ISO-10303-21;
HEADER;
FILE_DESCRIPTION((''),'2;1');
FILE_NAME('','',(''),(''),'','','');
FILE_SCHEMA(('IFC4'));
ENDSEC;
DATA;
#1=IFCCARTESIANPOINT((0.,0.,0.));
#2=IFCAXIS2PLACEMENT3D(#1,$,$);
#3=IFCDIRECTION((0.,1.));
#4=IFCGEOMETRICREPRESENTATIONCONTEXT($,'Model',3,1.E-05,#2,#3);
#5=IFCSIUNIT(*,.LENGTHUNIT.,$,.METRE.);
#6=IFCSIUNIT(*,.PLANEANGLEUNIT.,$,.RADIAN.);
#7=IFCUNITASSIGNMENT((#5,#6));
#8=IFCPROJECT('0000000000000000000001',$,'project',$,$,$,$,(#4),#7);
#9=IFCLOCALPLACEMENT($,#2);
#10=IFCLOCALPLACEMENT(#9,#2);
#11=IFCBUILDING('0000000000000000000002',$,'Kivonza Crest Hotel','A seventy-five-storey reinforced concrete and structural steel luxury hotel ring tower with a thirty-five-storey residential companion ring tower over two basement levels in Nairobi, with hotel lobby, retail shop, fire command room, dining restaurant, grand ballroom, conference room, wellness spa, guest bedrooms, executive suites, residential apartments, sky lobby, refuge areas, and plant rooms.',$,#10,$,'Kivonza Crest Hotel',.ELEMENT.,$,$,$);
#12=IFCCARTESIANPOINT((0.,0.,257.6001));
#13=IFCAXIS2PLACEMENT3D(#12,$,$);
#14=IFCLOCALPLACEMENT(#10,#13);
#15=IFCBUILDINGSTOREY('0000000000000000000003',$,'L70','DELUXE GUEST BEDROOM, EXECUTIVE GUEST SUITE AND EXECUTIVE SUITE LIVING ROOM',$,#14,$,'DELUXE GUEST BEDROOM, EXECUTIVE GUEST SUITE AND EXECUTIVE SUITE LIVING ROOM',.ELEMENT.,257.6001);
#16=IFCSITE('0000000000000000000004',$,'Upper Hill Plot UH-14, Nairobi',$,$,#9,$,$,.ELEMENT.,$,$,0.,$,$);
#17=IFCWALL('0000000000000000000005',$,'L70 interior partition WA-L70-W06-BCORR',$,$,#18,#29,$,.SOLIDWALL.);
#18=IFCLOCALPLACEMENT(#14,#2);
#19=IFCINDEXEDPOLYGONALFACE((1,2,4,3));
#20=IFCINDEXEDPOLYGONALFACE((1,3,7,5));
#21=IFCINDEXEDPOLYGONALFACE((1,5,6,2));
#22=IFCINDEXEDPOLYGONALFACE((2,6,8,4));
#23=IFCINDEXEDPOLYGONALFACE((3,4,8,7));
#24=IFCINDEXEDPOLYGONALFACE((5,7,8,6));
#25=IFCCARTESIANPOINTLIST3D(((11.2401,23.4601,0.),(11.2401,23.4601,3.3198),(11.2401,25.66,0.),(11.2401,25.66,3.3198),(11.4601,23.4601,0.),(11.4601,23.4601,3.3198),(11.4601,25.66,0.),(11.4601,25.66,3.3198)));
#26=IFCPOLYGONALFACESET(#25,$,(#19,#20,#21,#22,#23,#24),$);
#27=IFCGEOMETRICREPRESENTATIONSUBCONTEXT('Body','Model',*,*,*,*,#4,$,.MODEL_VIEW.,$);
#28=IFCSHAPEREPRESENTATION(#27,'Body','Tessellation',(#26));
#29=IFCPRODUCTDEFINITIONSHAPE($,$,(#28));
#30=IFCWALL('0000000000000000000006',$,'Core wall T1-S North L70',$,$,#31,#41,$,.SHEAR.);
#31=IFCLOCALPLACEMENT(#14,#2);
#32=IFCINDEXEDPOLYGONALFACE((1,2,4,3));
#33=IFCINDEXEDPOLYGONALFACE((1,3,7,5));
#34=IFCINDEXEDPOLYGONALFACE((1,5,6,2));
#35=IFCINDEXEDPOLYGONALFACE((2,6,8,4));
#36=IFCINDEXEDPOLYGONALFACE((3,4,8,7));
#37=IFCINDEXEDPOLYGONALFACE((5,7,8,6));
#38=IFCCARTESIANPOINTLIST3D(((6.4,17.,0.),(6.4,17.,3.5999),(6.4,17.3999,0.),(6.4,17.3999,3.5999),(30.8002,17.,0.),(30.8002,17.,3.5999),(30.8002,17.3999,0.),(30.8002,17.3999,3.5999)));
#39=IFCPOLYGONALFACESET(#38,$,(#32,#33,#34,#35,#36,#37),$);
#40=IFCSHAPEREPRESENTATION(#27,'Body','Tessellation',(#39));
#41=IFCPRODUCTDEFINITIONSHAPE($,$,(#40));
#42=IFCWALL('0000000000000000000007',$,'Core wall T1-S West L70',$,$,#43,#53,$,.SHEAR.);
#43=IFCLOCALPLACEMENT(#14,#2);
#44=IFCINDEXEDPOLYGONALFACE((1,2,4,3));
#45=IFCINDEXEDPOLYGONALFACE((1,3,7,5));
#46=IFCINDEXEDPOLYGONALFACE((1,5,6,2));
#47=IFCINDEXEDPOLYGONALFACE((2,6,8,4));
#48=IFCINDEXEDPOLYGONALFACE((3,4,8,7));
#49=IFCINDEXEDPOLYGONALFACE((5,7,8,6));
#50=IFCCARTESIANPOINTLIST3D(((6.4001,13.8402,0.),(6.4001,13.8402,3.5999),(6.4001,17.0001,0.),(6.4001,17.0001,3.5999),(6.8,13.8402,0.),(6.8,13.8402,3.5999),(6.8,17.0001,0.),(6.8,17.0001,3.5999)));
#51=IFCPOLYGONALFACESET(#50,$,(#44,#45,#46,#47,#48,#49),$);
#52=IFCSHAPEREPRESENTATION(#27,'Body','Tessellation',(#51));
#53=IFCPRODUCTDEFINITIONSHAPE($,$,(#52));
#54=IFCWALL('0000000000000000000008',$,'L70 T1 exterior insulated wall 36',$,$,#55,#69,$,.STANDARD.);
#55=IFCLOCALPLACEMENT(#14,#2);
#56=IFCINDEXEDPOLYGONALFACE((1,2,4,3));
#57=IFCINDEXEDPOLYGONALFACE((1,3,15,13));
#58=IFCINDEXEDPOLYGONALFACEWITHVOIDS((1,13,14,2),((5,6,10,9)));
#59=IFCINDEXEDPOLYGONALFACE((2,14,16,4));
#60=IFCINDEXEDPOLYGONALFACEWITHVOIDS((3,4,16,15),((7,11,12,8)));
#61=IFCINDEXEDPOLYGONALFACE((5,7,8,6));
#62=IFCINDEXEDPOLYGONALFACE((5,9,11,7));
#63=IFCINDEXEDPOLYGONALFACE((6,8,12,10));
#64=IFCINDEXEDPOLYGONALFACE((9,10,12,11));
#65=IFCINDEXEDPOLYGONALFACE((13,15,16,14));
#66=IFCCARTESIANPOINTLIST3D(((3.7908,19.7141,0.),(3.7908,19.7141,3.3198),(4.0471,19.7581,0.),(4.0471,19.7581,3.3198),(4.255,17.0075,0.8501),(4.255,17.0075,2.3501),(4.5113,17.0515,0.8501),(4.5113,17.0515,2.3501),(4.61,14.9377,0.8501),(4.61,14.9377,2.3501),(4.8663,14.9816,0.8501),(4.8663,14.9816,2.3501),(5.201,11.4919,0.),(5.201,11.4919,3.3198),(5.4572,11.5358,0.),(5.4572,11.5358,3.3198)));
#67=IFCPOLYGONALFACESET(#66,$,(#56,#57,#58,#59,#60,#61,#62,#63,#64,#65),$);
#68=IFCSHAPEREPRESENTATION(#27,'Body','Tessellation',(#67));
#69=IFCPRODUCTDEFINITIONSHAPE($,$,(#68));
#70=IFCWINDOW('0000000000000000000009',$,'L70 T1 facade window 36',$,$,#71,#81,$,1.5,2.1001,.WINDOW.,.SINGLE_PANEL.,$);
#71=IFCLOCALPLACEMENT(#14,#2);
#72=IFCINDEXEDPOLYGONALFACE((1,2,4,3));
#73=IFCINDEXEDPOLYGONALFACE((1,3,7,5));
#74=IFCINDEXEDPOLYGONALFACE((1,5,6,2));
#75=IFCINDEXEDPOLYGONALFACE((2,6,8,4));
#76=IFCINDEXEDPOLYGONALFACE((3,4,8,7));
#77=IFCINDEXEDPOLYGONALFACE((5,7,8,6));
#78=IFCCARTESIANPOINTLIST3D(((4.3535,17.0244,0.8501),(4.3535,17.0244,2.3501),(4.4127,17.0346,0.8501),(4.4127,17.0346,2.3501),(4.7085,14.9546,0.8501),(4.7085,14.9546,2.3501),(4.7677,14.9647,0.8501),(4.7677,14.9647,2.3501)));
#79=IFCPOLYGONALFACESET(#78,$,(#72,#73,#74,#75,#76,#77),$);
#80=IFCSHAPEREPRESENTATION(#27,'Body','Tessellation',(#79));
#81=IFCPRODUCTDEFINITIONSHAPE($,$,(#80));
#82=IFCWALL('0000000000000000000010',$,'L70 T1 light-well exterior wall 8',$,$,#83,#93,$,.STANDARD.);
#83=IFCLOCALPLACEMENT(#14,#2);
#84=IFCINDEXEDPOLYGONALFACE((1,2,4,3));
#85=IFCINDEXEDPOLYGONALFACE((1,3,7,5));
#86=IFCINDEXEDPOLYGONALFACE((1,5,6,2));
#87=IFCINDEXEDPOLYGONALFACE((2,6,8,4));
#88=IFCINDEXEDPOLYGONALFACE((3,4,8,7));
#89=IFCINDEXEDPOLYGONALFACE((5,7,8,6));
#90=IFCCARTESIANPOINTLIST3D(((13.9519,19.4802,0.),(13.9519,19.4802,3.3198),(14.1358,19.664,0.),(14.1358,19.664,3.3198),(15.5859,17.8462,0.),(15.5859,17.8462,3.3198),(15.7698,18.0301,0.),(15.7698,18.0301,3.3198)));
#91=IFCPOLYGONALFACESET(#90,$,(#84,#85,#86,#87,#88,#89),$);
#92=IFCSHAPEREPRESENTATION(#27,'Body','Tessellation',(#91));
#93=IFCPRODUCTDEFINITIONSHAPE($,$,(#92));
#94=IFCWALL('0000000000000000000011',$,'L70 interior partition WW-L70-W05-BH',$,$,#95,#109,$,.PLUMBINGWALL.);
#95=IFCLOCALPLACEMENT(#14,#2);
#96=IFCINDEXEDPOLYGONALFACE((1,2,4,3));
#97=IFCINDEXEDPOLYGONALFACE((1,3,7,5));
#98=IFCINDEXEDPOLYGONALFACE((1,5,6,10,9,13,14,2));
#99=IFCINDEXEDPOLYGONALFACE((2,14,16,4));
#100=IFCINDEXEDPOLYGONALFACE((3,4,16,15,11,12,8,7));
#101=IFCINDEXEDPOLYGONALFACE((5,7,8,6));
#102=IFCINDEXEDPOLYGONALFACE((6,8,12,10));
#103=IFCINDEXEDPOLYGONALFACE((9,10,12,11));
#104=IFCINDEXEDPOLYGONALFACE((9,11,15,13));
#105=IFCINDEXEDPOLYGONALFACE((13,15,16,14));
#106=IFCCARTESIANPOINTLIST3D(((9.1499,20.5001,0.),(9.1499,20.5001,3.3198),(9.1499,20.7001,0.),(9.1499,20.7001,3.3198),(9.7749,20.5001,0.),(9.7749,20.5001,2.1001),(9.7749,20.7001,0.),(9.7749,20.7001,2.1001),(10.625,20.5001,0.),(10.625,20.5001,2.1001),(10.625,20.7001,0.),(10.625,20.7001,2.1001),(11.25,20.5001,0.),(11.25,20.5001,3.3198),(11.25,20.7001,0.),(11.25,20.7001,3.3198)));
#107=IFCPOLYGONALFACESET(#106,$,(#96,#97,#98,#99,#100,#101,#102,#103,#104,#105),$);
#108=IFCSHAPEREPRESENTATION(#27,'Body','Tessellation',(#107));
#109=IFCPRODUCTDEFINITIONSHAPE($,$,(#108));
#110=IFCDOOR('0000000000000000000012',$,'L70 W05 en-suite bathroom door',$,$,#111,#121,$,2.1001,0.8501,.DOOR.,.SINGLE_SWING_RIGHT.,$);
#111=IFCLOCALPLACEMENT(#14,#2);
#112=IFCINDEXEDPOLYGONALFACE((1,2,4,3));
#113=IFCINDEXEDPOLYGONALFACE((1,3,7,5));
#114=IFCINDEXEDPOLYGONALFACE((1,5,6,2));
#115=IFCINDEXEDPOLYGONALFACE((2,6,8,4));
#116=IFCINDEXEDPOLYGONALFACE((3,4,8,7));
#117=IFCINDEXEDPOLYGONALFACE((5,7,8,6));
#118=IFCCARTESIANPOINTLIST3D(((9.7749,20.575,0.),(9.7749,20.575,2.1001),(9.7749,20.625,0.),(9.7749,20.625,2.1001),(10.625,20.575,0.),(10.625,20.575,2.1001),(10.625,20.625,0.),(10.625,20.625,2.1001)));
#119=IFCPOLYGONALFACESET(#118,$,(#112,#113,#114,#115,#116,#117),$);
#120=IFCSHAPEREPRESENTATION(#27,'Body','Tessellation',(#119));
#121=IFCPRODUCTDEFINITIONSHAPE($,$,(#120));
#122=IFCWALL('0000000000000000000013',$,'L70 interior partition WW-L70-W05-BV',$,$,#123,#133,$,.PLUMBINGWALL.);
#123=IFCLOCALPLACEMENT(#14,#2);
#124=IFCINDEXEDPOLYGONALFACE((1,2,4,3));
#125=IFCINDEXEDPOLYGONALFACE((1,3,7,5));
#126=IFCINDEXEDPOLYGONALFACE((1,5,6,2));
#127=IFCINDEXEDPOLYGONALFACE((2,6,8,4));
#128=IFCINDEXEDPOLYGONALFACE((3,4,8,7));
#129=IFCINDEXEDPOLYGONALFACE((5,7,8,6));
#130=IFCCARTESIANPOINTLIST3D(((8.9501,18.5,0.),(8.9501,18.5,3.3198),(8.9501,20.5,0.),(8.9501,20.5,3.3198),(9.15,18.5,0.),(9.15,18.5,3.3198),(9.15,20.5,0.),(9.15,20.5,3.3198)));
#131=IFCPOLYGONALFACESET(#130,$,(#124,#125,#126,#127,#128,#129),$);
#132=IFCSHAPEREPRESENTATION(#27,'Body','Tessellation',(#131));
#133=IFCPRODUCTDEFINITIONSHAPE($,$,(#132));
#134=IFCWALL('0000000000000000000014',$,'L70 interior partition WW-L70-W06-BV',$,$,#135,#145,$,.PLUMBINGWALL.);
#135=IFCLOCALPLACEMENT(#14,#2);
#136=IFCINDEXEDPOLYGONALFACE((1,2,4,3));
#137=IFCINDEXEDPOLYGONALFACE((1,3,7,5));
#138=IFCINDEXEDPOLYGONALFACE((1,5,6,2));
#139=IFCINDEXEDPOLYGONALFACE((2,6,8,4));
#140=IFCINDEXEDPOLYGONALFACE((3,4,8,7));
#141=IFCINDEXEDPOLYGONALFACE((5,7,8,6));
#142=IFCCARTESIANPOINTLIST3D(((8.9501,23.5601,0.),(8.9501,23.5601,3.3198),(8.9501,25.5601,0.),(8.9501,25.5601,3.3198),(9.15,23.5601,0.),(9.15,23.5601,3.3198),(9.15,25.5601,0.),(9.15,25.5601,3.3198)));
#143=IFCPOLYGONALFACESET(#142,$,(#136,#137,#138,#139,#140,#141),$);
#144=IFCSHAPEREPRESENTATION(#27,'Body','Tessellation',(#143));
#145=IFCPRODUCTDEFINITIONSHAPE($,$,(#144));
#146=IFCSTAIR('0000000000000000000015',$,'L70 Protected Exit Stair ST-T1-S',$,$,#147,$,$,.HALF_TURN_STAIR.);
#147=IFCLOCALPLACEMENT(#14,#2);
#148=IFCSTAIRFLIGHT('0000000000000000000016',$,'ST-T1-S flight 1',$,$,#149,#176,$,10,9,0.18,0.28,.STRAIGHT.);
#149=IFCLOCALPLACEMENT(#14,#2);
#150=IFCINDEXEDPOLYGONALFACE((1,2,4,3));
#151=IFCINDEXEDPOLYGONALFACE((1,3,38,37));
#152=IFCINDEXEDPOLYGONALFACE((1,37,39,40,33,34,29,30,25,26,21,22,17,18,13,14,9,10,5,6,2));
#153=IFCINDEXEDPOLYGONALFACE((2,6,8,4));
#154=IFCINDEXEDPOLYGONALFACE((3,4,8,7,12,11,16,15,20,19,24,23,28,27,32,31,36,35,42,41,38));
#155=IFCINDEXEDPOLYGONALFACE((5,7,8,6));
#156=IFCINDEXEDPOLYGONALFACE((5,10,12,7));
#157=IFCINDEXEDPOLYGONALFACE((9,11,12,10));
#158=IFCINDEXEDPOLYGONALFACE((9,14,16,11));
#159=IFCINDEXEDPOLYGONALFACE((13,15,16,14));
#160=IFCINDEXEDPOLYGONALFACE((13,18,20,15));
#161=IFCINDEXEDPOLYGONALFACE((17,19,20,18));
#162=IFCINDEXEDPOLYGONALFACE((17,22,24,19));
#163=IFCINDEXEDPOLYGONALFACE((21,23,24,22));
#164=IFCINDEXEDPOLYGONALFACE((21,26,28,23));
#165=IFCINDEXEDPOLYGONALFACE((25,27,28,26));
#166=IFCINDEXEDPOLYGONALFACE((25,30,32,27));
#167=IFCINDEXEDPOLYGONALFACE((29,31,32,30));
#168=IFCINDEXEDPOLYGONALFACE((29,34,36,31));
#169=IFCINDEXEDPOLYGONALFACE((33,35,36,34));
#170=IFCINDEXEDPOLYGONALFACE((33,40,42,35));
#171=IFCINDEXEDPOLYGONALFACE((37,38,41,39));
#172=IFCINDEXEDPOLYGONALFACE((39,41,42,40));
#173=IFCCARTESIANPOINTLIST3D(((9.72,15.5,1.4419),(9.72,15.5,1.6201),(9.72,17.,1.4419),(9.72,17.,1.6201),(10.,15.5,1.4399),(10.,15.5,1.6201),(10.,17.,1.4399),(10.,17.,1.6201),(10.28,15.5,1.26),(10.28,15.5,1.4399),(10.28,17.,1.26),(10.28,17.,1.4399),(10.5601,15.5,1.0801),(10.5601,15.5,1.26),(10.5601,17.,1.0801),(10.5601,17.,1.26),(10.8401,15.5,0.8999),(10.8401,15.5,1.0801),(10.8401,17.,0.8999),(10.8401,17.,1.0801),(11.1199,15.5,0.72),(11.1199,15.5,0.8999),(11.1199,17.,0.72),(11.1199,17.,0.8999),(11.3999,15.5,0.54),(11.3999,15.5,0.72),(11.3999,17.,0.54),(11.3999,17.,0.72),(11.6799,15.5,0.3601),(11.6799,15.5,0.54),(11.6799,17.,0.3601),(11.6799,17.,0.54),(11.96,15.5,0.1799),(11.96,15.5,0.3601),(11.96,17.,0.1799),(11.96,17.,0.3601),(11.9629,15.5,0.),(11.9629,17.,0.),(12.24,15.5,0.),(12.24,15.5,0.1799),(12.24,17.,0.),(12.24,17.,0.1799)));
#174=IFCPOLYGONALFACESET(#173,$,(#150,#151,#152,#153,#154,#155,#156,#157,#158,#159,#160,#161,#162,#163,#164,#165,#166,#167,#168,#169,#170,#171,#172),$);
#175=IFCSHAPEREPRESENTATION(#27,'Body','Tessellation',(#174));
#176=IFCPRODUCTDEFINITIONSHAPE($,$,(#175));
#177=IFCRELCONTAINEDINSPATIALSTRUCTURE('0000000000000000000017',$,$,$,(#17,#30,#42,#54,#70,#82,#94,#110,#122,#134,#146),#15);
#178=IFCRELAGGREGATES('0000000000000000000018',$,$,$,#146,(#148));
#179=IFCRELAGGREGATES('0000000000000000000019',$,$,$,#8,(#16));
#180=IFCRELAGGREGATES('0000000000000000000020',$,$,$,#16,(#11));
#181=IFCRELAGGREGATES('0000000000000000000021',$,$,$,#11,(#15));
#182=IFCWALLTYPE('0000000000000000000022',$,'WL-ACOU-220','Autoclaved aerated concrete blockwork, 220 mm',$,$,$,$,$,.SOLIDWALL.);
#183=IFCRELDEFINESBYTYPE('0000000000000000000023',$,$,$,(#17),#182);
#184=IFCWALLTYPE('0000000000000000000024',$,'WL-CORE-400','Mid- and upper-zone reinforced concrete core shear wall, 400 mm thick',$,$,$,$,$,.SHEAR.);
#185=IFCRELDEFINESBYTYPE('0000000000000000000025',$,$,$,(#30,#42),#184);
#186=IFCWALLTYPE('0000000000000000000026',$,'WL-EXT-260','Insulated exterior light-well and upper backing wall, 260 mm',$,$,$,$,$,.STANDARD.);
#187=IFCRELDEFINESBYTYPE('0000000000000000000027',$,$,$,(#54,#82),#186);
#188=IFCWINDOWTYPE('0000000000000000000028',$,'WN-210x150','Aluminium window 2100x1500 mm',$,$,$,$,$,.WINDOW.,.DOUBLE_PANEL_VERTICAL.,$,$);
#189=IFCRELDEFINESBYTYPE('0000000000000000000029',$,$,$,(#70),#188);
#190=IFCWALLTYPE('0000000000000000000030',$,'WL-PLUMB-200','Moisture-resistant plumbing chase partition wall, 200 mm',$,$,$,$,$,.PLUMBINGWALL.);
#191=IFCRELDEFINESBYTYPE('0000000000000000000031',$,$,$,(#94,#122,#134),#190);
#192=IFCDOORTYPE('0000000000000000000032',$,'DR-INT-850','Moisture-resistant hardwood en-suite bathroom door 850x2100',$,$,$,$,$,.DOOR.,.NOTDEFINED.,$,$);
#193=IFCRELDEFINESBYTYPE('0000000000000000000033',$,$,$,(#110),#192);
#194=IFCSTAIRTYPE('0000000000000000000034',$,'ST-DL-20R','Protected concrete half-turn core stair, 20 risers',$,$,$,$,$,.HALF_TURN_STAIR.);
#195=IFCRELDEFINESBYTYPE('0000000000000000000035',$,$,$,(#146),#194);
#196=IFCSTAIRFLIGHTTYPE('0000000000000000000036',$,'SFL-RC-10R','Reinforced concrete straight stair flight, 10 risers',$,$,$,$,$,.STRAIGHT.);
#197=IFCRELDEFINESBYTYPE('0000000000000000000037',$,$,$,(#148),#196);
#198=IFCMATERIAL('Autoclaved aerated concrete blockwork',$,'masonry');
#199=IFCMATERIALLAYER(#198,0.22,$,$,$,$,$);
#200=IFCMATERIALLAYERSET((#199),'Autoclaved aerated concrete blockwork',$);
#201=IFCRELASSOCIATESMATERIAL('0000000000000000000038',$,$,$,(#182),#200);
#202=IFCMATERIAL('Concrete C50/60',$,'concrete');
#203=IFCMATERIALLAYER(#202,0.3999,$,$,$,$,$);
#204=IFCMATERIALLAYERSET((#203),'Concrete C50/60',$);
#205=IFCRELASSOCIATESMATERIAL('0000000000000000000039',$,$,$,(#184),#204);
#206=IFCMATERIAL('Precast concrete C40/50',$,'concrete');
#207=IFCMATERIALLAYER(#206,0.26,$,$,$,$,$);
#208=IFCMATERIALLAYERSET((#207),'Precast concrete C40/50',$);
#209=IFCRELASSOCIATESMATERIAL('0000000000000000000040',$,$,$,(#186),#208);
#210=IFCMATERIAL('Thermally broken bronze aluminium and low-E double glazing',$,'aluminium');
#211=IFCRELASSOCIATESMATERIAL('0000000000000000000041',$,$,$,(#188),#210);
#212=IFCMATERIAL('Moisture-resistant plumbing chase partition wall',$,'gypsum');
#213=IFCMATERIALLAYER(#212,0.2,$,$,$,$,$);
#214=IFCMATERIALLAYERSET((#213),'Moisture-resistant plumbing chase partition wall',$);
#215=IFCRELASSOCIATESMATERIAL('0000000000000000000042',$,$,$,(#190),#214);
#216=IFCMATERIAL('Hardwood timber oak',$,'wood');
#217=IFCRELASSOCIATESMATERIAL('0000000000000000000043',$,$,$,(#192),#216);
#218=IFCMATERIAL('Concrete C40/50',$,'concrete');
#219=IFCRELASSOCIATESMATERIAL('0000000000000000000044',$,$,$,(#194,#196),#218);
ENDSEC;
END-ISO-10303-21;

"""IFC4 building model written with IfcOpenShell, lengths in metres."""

from ifc_helpers import new_model, si_unit, direction, frame, frame_2d, origin, place, context, subcontext, project, spatial, polyline, rectangle, outline, extrude, material, layer, layer_set, type_object, element, fill, aggregate, save


model = new_model("IFC4")

# Units and contexts
model_context = context("Model", 3, precision=1e-05, world=origin(), true_north=direction((0.0, 1.0)))
body_context = subcontext(model_context, "Body", "Model", "MODEL_VIEW")
ifc_project = project(units=[si_unit("LENGTHUNIT", "METRE"), si_unit("PLANEANGLEUNIT", "RADIAN")], contexts=[model_context])

# Site, building, storey
site_placement = place(None, origin())
site = spatial("IfcSite", under=ifc_project, at=site_placement, Name="Upper Hill Plot UH-14, Nairobi", CompositionType="ELEMENT", RefElevation=0.0)
building_placement = place(site_placement, origin())
building = spatial("IfcBuilding", under=site, at=building_placement, Name="Kivonza Crest Hotel", Description="A seventy-five-storey reinforced concrete and structural steel luxury hotel ring tower with a thirty-five-storey residential companion ring tower over two basement levels in Nairobi, with hotel lobby, retail shop, fire command room, dining restaurant, grand ballroom, conference room, wellness spa, guest bedrooms, executive suites, residential apartments, sky lobby, refuge areas, and plant rooms.", LongName="Kivonza Crest Hotel", CompositionType="ELEMENT")
storey_placement = place(building_placement, frame((0.0, 0.0, 257.6001)))
storey = spatial("IfcBuildingStorey", under=building, at=storey_placement, Name="L70", Description="DELUXE GUEST BEDROOM, EXECUTIVE GUEST SUITE AND EXECUTIVE SUITE LIVING ROOM", LongName="DELUXE GUEST BEDROOM, EXECUTIVE GUEST SUITE AND EXECUTIVE SUITE LIVING ROOM", CompositionType="ELEMENT", Elevation=257.6001)

# Shared definitions
ifc_material_1 = material(Name="Concrete C50/60", Category="concrete")

# Shared definitions
ifc_material_2 = material(Name="Autoclaved aerated concrete blockwork", Category="masonry")
ifc_layer_1 = layer(ifc_material_2, 0.22)
ifc_layer_set_1 = layer_set([ifc_layer_1], Name="Autoclaved aerated concrete blockwork")
wall_type_1 = type_object("IfcWallType", Name="WL-ACOU-220", Description="Autoclaved aerated concrete blockwork, 220 mm", PredefinedType="SOLIDWALL", material=ifc_layer_set_1)

# Shared definitions
ifc_material_3 = material(Name="Hardwood timber oak", Category="wood")

# Walls
wall_1_placement = place(storey_placement, frame((11.3501, 23.46, 0.0), z_axis=(0.0, 0.0, 1.0), x_axis=(0.0, 1.0, 0.0)))
element("IfcWall", 1, at=wall_1_placement, inside=storey, type_object=wall_type_1, Name="L70 interior partition WA-L70-W06-BCORR", PredefinedType="SOLIDWALL", context=body_context, shape_type="SweptSolid", body=[
    extrude(rectangle(XDim=2.2, YDim=0.22, at=frame_2d((1.1001, 0.0))), origin(), (0.0, 0.0, 1.0), 3.3198),
])
ifc_layer_2 = layer(ifc_material_1, 0.3999)
ifc_layer_set_2 = layer_set([ifc_layer_2], Name="Concrete C50/60")
wall_type_2 = type_object("IfcWallType", Name="WL-CORE-400", Description="Mid- and upper-zone reinforced concrete core shear wall, 400 mm thick", PredefinedType="SHEAR", material=ifc_layer_set_2)
wall_2_placement = place(storey_placement, frame((6.3999, 17.2, 0.0), z_axis=(0.0, 0.0, 1.0), x_axis=(1.0, 0.0, 0.0)))
element("IfcWall", 2, at=wall_2_placement, inside=storey, type_object=wall_type_2, Name="Core wall T1-S North L70", PredefinedType="SHEAR", context=body_context, shape_type="SweptSolid", body=[
    extrude(rectangle(XDim=24.4001, YDim=0.3999, at=frame_2d((12.2002, 0.0))), origin(), (0.0, 0.0, 1.0), 3.5999),
])
wall_3_placement = place(storey_placement, frame((6.6001, 13.8401, 0.0), z_axis=(0.0, 0.0, 1.0), x_axis=(0.0, 1.0, 0.0)))
element("IfcWall", 3, at=wall_3_placement, inside=storey, type_object=wall_type_2, Name="Core wall T1-S West L70", PredefinedType="SHEAR", context=body_context, shape_type="SweptSolid", body=[
    extrude(rectangle(XDim=3.1599, YDim=0.3999, at=frame_2d((1.5801, 0.0))), origin(), (0.0, 0.0, 1.0), 3.5999),
])

# Wall, opening, window
ifc_material_4 = material(Name="Precast concrete C40/50", Category="concrete")
ifc_layer_3 = layer(ifc_material_4, 0.26)
ifc_layer_set_3 = layer_set([ifc_layer_3], Name="Precast concrete C40/50")
wall_type_3 = type_object("IfcWallType", Name="WL-EXT-260", Description="Insulated exterior light-well and upper backing wall, 260 mm", PredefinedType="STANDARD", material=ifc_layer_set_3)
wall_4_placement = place(storey_placement, frame((3.9189, 19.7361, 0.0), z_axis=(0.0, 0.0, 1.0), x_axis=(0.169039, -0.985609, 0.0)))
wall_4 = element("IfcWall", 4, at=wall_4_placement, inside=storey, type_object=wall_type_3, Name="L70 T1 exterior insulated wall 36", PredefinedType="STANDARD", context=body_context, shape_type="SweptSolid", body=[
    extrude(rectangle(XDim=8.3423, YDim=0.26, at=frame_2d((4.1711, 0.0))), origin(), (0.0, 0.0, 1.0), 3.3198),
])
opening_1_placement = place(wall_4_placement, frame((2.7461, 0.0, 0.8501)))
opening_1 = element("IfcOpeningElement", 5, at=opening_1_placement, cuts=wall_4, PredefinedType="OPENING", context=body_context, shape_type="SweptSolid", body=[
    extrude(rectangle(XDim=2.1001, YDim=1.5, at=frame_2d((1.05, 0.75))), frame((0.0, 0.1401, 0.0), z_axis=(0.0, -1.0, 0.0), x_axis=(1.0, 0.0, 0.0)), (0.0, 0.0, 1.0), 0.28),
])
ifc_material_5 = material(Name="Thermally broken bronze aluminium and low-E double glazing", Category="aluminium")
window_type = type_object("IfcWindowType", Name="WN-210x150", Description="Aluminium window 2100x1500 mm", PartitioningType="DOUBLE_PANEL_VERTICAL", PredefinedType="WINDOW", material=ifc_material_5)
window_placement = place(opening_1_placement, origin())
window = element("IfcWindow", 6, at=window_placement, inside=storey, type_object=window_type, Name="L70 T1 facade window 36", OverallHeight=1.5, OverallWidth=2.1001, PartitioningType="SINGLE_PANEL", PredefinedType="WINDOW", context=body_context, shape_type="SweptSolid", body=[
    extrude(rectangle(XDim=2.1001, YDim=1.5, at=frame_2d((1.05, 0.75))), frame((0.0, 0.03, 0.0), z_axis=(0.0, -1.0, 0.0), x_axis=(1.0, 0.0, 0.0)), (0.0, 0.0, 1.0), 0.0601),
])
fill(opening_1, window)

# Wall
wall_5_placement = place(storey_placement, frame((14.0439, 19.572, 0.0), z_axis=(0.0, 0.0, 1.0), x_axis=(0.707107, -0.707107, 0.0)))
element("IfcWall", 7, at=wall_5_placement, inside=storey, type_object=wall_type_3, Name="L70 T1 light-well exterior wall 8", PredefinedType="STANDARD", context=body_context, shape_type="SweptSolid", body=[
    extrude(rectangle(XDim=2.3108, YDim=0.26, at=frame_2d((1.1553, 0.0))), origin(), (0.0, 0.0, 1.0), 3.3198),
])

# Wall, opening, door
ifc_material_6 = material(Name="Moisture-resistant plumbing chase partition wall", Category="gypsum")
ifc_layer_4 = layer(ifc_material_6, 0.2)
ifc_layer_set_4 = layer_set([ifc_layer_4], Name="Moisture-resistant plumbing chase partition wall")
wall_type_4 = type_object("IfcWallType", Name="WL-PLUMB-200", Description="Moisture-resistant plumbing chase partition wall, 200 mm", PredefinedType="PLUMBINGWALL", material=ifc_layer_set_4)
wall_6_placement = place(storey_placement, frame((9.1499, 20.6001, 0.0), z_axis=(0.0, 0.0, 1.0), x_axis=(1.0, 0.0, 0.0)))
wall_6 = element("IfcWall", 8, at=wall_6_placement, inside=storey, type_object=wall_type_4, Name="L70 interior partition WW-L70-W05-BH", PredefinedType="PLUMBINGWALL", context=body_context, shape_type="SweptSolid", body=[
    extrude(rectangle(XDim=2.1001, YDim=0.2, at=frame_2d((1.05, 0.0))), origin(), (0.0, 0.0, 1.0), 3.3198),
])
opening_2_placement = place(wall_6_placement, frame((0.625, 0.0, 0.0)))
opening_2 = element("IfcOpeningElement", 9, at=opening_2_placement, cuts=wall_6, PredefinedType="OPENING", context=body_context, shape_type="SweptSolid", body=[
    extrude(rectangle(XDim=0.8501, YDim=2.1001, at=frame_2d((0.425, 1.05))), frame((0.0, 0.1099, 0.0), z_axis=(0.0, -1.0, 0.0), x_axis=(1.0, 0.0, 0.0)), (0.0, 0.0, 1.0), 0.22),
])
door_type_1 = type_object("IfcDoorType", Name="DR-INT-850", Description="Moisture-resistant hardwood en-suite bathroom door 850x2100", OperationType="NOTDEFINED", PredefinedType="DOOR", material=ifc_material_3)
door_1_placement = place(opening_2_placement, origin())
door_1 = element("IfcDoor", 10, at=door_1_placement, inside=storey, type_object=door_type_1, Name="L70 W05 en-suite bathroom door", OperationType="SINGLE_SWING_RIGHT", OverallHeight=2.1001, OverallWidth=0.8501, PredefinedType="DOOR", context=body_context, shape_type="SweptSolid", body=[
    extrude(rectangle(XDim=0.8501, YDim=2.1001, at=frame_2d((0.425, 1.05))), frame((0.0, 0.0249, 0.0), z_axis=(0.0, -1.0, 0.0), x_axis=(1.0, 0.0, 0.0)), (0.0, 0.0, 1.0), 0.05),
])
fill(opening_2, door_1)

# Walls
for number, where, z_axis, x_axis, name in (
    (11, (9.05, 18.5, 0.0), (0.0, 0.0, 1.0), (0.0, 1.0, 0.0), "L70 interior partition WW-L70-W05-BV"),
    (12, (9.05, 23.5601, 0.0), (0.0, 0.0, 1.0), (0.0, 1.0, 0.0), "L70 interior partition WW-L70-W06-BV"),
):
    element("IfcWall", number, at=place(storey_placement, frame(where, z_axis=z_axis, x_axis=x_axis)), inside=storey, type_object=wall_type_4, Name=name, PredefinedType="PLUMBINGWALL", context=body_context, shape_type="SweptSolid", body=[
        extrude(rectangle(XDim=2.0, YDim=0.2, at=frame_2d((1.0, 0.0))), origin(), (0.0, 0.0, 1.0), 3.3198),
    ])

# Stair, stair flight
ifc_material_7 = material(Name="Concrete C40/50", Category="concrete")
stair_type = type_object("IfcStairType", Name="ST-DL-20R", Description="Protected concrete half-turn core stair, 20 risers", PredefinedType="HALF_TURN_STAIR", material=ifc_material_7)
stair_placement = place(storey_placement, origin())
stair = element("IfcStair", 13, at=stair_placement, inside=storey, type_object=stair_type, Name="L70 Protected Exit Stair ST-T1-S", PredefinedType="HALF_TURN_STAIR")
stair_flight_type = type_object("IfcStairFlightType", Name="SFL-RC-10R", Description="Reinforced concrete straight stair flight, 10 risers", PredefinedType="STRAIGHT", material=ifc_material_7)
stair_flight_1_placement = place(storey_placement, frame((12.24, 16.25, 0.0), z_axis=(0.0, 0.0, 1.0), x_axis=(-1.0, 0.0, 0.0)))
stair_flight_1 = element("IfcStairFlight", 14, at=stair_flight_1_placement, type_object=stair_flight_type, Name="ST-T1-S flight 1", NumberOfRisers=10, NumberOfTreads=9, PredefinedType="STRAIGHT", RiserHeight=0.18, TreadLength=0.28, context=body_context, shape_type="SweptSolid", body=[
    extrude(outline(polyline([(0.0, 0.0), (0.0, 0.1799), (0.28, 0.1799), (0.28, 0.3601), (0.5601, 0.3601), (0.5601, 0.54), (0.8401, 0.54), (0.8401, 0.72), (1.1201, 0.72), (1.1201, 0.8999), (1.3999, 0.8999), (1.3999, 1.0801), (1.6799, 1.0801), (1.6799, 1.26), (1.96, 1.26), (1.96, 1.4399), (2.24, 1.4399), (2.24, 1.6201), (2.52, 1.6201), (2.52, 1.8), (2.52, 1.4419), (0.2771, 0.0), (0.0, 0.0)])), frame((0.0, 0.75, 0.0), z_axis=(0.0, -1.0, 0.0), x_axis=(1.0, 0.0, 0.0)), (0.0, 0.0, 1.0), 1.5),
])
aggregate(stair, [stair_flight_1])

save(model, "model.ifc")
